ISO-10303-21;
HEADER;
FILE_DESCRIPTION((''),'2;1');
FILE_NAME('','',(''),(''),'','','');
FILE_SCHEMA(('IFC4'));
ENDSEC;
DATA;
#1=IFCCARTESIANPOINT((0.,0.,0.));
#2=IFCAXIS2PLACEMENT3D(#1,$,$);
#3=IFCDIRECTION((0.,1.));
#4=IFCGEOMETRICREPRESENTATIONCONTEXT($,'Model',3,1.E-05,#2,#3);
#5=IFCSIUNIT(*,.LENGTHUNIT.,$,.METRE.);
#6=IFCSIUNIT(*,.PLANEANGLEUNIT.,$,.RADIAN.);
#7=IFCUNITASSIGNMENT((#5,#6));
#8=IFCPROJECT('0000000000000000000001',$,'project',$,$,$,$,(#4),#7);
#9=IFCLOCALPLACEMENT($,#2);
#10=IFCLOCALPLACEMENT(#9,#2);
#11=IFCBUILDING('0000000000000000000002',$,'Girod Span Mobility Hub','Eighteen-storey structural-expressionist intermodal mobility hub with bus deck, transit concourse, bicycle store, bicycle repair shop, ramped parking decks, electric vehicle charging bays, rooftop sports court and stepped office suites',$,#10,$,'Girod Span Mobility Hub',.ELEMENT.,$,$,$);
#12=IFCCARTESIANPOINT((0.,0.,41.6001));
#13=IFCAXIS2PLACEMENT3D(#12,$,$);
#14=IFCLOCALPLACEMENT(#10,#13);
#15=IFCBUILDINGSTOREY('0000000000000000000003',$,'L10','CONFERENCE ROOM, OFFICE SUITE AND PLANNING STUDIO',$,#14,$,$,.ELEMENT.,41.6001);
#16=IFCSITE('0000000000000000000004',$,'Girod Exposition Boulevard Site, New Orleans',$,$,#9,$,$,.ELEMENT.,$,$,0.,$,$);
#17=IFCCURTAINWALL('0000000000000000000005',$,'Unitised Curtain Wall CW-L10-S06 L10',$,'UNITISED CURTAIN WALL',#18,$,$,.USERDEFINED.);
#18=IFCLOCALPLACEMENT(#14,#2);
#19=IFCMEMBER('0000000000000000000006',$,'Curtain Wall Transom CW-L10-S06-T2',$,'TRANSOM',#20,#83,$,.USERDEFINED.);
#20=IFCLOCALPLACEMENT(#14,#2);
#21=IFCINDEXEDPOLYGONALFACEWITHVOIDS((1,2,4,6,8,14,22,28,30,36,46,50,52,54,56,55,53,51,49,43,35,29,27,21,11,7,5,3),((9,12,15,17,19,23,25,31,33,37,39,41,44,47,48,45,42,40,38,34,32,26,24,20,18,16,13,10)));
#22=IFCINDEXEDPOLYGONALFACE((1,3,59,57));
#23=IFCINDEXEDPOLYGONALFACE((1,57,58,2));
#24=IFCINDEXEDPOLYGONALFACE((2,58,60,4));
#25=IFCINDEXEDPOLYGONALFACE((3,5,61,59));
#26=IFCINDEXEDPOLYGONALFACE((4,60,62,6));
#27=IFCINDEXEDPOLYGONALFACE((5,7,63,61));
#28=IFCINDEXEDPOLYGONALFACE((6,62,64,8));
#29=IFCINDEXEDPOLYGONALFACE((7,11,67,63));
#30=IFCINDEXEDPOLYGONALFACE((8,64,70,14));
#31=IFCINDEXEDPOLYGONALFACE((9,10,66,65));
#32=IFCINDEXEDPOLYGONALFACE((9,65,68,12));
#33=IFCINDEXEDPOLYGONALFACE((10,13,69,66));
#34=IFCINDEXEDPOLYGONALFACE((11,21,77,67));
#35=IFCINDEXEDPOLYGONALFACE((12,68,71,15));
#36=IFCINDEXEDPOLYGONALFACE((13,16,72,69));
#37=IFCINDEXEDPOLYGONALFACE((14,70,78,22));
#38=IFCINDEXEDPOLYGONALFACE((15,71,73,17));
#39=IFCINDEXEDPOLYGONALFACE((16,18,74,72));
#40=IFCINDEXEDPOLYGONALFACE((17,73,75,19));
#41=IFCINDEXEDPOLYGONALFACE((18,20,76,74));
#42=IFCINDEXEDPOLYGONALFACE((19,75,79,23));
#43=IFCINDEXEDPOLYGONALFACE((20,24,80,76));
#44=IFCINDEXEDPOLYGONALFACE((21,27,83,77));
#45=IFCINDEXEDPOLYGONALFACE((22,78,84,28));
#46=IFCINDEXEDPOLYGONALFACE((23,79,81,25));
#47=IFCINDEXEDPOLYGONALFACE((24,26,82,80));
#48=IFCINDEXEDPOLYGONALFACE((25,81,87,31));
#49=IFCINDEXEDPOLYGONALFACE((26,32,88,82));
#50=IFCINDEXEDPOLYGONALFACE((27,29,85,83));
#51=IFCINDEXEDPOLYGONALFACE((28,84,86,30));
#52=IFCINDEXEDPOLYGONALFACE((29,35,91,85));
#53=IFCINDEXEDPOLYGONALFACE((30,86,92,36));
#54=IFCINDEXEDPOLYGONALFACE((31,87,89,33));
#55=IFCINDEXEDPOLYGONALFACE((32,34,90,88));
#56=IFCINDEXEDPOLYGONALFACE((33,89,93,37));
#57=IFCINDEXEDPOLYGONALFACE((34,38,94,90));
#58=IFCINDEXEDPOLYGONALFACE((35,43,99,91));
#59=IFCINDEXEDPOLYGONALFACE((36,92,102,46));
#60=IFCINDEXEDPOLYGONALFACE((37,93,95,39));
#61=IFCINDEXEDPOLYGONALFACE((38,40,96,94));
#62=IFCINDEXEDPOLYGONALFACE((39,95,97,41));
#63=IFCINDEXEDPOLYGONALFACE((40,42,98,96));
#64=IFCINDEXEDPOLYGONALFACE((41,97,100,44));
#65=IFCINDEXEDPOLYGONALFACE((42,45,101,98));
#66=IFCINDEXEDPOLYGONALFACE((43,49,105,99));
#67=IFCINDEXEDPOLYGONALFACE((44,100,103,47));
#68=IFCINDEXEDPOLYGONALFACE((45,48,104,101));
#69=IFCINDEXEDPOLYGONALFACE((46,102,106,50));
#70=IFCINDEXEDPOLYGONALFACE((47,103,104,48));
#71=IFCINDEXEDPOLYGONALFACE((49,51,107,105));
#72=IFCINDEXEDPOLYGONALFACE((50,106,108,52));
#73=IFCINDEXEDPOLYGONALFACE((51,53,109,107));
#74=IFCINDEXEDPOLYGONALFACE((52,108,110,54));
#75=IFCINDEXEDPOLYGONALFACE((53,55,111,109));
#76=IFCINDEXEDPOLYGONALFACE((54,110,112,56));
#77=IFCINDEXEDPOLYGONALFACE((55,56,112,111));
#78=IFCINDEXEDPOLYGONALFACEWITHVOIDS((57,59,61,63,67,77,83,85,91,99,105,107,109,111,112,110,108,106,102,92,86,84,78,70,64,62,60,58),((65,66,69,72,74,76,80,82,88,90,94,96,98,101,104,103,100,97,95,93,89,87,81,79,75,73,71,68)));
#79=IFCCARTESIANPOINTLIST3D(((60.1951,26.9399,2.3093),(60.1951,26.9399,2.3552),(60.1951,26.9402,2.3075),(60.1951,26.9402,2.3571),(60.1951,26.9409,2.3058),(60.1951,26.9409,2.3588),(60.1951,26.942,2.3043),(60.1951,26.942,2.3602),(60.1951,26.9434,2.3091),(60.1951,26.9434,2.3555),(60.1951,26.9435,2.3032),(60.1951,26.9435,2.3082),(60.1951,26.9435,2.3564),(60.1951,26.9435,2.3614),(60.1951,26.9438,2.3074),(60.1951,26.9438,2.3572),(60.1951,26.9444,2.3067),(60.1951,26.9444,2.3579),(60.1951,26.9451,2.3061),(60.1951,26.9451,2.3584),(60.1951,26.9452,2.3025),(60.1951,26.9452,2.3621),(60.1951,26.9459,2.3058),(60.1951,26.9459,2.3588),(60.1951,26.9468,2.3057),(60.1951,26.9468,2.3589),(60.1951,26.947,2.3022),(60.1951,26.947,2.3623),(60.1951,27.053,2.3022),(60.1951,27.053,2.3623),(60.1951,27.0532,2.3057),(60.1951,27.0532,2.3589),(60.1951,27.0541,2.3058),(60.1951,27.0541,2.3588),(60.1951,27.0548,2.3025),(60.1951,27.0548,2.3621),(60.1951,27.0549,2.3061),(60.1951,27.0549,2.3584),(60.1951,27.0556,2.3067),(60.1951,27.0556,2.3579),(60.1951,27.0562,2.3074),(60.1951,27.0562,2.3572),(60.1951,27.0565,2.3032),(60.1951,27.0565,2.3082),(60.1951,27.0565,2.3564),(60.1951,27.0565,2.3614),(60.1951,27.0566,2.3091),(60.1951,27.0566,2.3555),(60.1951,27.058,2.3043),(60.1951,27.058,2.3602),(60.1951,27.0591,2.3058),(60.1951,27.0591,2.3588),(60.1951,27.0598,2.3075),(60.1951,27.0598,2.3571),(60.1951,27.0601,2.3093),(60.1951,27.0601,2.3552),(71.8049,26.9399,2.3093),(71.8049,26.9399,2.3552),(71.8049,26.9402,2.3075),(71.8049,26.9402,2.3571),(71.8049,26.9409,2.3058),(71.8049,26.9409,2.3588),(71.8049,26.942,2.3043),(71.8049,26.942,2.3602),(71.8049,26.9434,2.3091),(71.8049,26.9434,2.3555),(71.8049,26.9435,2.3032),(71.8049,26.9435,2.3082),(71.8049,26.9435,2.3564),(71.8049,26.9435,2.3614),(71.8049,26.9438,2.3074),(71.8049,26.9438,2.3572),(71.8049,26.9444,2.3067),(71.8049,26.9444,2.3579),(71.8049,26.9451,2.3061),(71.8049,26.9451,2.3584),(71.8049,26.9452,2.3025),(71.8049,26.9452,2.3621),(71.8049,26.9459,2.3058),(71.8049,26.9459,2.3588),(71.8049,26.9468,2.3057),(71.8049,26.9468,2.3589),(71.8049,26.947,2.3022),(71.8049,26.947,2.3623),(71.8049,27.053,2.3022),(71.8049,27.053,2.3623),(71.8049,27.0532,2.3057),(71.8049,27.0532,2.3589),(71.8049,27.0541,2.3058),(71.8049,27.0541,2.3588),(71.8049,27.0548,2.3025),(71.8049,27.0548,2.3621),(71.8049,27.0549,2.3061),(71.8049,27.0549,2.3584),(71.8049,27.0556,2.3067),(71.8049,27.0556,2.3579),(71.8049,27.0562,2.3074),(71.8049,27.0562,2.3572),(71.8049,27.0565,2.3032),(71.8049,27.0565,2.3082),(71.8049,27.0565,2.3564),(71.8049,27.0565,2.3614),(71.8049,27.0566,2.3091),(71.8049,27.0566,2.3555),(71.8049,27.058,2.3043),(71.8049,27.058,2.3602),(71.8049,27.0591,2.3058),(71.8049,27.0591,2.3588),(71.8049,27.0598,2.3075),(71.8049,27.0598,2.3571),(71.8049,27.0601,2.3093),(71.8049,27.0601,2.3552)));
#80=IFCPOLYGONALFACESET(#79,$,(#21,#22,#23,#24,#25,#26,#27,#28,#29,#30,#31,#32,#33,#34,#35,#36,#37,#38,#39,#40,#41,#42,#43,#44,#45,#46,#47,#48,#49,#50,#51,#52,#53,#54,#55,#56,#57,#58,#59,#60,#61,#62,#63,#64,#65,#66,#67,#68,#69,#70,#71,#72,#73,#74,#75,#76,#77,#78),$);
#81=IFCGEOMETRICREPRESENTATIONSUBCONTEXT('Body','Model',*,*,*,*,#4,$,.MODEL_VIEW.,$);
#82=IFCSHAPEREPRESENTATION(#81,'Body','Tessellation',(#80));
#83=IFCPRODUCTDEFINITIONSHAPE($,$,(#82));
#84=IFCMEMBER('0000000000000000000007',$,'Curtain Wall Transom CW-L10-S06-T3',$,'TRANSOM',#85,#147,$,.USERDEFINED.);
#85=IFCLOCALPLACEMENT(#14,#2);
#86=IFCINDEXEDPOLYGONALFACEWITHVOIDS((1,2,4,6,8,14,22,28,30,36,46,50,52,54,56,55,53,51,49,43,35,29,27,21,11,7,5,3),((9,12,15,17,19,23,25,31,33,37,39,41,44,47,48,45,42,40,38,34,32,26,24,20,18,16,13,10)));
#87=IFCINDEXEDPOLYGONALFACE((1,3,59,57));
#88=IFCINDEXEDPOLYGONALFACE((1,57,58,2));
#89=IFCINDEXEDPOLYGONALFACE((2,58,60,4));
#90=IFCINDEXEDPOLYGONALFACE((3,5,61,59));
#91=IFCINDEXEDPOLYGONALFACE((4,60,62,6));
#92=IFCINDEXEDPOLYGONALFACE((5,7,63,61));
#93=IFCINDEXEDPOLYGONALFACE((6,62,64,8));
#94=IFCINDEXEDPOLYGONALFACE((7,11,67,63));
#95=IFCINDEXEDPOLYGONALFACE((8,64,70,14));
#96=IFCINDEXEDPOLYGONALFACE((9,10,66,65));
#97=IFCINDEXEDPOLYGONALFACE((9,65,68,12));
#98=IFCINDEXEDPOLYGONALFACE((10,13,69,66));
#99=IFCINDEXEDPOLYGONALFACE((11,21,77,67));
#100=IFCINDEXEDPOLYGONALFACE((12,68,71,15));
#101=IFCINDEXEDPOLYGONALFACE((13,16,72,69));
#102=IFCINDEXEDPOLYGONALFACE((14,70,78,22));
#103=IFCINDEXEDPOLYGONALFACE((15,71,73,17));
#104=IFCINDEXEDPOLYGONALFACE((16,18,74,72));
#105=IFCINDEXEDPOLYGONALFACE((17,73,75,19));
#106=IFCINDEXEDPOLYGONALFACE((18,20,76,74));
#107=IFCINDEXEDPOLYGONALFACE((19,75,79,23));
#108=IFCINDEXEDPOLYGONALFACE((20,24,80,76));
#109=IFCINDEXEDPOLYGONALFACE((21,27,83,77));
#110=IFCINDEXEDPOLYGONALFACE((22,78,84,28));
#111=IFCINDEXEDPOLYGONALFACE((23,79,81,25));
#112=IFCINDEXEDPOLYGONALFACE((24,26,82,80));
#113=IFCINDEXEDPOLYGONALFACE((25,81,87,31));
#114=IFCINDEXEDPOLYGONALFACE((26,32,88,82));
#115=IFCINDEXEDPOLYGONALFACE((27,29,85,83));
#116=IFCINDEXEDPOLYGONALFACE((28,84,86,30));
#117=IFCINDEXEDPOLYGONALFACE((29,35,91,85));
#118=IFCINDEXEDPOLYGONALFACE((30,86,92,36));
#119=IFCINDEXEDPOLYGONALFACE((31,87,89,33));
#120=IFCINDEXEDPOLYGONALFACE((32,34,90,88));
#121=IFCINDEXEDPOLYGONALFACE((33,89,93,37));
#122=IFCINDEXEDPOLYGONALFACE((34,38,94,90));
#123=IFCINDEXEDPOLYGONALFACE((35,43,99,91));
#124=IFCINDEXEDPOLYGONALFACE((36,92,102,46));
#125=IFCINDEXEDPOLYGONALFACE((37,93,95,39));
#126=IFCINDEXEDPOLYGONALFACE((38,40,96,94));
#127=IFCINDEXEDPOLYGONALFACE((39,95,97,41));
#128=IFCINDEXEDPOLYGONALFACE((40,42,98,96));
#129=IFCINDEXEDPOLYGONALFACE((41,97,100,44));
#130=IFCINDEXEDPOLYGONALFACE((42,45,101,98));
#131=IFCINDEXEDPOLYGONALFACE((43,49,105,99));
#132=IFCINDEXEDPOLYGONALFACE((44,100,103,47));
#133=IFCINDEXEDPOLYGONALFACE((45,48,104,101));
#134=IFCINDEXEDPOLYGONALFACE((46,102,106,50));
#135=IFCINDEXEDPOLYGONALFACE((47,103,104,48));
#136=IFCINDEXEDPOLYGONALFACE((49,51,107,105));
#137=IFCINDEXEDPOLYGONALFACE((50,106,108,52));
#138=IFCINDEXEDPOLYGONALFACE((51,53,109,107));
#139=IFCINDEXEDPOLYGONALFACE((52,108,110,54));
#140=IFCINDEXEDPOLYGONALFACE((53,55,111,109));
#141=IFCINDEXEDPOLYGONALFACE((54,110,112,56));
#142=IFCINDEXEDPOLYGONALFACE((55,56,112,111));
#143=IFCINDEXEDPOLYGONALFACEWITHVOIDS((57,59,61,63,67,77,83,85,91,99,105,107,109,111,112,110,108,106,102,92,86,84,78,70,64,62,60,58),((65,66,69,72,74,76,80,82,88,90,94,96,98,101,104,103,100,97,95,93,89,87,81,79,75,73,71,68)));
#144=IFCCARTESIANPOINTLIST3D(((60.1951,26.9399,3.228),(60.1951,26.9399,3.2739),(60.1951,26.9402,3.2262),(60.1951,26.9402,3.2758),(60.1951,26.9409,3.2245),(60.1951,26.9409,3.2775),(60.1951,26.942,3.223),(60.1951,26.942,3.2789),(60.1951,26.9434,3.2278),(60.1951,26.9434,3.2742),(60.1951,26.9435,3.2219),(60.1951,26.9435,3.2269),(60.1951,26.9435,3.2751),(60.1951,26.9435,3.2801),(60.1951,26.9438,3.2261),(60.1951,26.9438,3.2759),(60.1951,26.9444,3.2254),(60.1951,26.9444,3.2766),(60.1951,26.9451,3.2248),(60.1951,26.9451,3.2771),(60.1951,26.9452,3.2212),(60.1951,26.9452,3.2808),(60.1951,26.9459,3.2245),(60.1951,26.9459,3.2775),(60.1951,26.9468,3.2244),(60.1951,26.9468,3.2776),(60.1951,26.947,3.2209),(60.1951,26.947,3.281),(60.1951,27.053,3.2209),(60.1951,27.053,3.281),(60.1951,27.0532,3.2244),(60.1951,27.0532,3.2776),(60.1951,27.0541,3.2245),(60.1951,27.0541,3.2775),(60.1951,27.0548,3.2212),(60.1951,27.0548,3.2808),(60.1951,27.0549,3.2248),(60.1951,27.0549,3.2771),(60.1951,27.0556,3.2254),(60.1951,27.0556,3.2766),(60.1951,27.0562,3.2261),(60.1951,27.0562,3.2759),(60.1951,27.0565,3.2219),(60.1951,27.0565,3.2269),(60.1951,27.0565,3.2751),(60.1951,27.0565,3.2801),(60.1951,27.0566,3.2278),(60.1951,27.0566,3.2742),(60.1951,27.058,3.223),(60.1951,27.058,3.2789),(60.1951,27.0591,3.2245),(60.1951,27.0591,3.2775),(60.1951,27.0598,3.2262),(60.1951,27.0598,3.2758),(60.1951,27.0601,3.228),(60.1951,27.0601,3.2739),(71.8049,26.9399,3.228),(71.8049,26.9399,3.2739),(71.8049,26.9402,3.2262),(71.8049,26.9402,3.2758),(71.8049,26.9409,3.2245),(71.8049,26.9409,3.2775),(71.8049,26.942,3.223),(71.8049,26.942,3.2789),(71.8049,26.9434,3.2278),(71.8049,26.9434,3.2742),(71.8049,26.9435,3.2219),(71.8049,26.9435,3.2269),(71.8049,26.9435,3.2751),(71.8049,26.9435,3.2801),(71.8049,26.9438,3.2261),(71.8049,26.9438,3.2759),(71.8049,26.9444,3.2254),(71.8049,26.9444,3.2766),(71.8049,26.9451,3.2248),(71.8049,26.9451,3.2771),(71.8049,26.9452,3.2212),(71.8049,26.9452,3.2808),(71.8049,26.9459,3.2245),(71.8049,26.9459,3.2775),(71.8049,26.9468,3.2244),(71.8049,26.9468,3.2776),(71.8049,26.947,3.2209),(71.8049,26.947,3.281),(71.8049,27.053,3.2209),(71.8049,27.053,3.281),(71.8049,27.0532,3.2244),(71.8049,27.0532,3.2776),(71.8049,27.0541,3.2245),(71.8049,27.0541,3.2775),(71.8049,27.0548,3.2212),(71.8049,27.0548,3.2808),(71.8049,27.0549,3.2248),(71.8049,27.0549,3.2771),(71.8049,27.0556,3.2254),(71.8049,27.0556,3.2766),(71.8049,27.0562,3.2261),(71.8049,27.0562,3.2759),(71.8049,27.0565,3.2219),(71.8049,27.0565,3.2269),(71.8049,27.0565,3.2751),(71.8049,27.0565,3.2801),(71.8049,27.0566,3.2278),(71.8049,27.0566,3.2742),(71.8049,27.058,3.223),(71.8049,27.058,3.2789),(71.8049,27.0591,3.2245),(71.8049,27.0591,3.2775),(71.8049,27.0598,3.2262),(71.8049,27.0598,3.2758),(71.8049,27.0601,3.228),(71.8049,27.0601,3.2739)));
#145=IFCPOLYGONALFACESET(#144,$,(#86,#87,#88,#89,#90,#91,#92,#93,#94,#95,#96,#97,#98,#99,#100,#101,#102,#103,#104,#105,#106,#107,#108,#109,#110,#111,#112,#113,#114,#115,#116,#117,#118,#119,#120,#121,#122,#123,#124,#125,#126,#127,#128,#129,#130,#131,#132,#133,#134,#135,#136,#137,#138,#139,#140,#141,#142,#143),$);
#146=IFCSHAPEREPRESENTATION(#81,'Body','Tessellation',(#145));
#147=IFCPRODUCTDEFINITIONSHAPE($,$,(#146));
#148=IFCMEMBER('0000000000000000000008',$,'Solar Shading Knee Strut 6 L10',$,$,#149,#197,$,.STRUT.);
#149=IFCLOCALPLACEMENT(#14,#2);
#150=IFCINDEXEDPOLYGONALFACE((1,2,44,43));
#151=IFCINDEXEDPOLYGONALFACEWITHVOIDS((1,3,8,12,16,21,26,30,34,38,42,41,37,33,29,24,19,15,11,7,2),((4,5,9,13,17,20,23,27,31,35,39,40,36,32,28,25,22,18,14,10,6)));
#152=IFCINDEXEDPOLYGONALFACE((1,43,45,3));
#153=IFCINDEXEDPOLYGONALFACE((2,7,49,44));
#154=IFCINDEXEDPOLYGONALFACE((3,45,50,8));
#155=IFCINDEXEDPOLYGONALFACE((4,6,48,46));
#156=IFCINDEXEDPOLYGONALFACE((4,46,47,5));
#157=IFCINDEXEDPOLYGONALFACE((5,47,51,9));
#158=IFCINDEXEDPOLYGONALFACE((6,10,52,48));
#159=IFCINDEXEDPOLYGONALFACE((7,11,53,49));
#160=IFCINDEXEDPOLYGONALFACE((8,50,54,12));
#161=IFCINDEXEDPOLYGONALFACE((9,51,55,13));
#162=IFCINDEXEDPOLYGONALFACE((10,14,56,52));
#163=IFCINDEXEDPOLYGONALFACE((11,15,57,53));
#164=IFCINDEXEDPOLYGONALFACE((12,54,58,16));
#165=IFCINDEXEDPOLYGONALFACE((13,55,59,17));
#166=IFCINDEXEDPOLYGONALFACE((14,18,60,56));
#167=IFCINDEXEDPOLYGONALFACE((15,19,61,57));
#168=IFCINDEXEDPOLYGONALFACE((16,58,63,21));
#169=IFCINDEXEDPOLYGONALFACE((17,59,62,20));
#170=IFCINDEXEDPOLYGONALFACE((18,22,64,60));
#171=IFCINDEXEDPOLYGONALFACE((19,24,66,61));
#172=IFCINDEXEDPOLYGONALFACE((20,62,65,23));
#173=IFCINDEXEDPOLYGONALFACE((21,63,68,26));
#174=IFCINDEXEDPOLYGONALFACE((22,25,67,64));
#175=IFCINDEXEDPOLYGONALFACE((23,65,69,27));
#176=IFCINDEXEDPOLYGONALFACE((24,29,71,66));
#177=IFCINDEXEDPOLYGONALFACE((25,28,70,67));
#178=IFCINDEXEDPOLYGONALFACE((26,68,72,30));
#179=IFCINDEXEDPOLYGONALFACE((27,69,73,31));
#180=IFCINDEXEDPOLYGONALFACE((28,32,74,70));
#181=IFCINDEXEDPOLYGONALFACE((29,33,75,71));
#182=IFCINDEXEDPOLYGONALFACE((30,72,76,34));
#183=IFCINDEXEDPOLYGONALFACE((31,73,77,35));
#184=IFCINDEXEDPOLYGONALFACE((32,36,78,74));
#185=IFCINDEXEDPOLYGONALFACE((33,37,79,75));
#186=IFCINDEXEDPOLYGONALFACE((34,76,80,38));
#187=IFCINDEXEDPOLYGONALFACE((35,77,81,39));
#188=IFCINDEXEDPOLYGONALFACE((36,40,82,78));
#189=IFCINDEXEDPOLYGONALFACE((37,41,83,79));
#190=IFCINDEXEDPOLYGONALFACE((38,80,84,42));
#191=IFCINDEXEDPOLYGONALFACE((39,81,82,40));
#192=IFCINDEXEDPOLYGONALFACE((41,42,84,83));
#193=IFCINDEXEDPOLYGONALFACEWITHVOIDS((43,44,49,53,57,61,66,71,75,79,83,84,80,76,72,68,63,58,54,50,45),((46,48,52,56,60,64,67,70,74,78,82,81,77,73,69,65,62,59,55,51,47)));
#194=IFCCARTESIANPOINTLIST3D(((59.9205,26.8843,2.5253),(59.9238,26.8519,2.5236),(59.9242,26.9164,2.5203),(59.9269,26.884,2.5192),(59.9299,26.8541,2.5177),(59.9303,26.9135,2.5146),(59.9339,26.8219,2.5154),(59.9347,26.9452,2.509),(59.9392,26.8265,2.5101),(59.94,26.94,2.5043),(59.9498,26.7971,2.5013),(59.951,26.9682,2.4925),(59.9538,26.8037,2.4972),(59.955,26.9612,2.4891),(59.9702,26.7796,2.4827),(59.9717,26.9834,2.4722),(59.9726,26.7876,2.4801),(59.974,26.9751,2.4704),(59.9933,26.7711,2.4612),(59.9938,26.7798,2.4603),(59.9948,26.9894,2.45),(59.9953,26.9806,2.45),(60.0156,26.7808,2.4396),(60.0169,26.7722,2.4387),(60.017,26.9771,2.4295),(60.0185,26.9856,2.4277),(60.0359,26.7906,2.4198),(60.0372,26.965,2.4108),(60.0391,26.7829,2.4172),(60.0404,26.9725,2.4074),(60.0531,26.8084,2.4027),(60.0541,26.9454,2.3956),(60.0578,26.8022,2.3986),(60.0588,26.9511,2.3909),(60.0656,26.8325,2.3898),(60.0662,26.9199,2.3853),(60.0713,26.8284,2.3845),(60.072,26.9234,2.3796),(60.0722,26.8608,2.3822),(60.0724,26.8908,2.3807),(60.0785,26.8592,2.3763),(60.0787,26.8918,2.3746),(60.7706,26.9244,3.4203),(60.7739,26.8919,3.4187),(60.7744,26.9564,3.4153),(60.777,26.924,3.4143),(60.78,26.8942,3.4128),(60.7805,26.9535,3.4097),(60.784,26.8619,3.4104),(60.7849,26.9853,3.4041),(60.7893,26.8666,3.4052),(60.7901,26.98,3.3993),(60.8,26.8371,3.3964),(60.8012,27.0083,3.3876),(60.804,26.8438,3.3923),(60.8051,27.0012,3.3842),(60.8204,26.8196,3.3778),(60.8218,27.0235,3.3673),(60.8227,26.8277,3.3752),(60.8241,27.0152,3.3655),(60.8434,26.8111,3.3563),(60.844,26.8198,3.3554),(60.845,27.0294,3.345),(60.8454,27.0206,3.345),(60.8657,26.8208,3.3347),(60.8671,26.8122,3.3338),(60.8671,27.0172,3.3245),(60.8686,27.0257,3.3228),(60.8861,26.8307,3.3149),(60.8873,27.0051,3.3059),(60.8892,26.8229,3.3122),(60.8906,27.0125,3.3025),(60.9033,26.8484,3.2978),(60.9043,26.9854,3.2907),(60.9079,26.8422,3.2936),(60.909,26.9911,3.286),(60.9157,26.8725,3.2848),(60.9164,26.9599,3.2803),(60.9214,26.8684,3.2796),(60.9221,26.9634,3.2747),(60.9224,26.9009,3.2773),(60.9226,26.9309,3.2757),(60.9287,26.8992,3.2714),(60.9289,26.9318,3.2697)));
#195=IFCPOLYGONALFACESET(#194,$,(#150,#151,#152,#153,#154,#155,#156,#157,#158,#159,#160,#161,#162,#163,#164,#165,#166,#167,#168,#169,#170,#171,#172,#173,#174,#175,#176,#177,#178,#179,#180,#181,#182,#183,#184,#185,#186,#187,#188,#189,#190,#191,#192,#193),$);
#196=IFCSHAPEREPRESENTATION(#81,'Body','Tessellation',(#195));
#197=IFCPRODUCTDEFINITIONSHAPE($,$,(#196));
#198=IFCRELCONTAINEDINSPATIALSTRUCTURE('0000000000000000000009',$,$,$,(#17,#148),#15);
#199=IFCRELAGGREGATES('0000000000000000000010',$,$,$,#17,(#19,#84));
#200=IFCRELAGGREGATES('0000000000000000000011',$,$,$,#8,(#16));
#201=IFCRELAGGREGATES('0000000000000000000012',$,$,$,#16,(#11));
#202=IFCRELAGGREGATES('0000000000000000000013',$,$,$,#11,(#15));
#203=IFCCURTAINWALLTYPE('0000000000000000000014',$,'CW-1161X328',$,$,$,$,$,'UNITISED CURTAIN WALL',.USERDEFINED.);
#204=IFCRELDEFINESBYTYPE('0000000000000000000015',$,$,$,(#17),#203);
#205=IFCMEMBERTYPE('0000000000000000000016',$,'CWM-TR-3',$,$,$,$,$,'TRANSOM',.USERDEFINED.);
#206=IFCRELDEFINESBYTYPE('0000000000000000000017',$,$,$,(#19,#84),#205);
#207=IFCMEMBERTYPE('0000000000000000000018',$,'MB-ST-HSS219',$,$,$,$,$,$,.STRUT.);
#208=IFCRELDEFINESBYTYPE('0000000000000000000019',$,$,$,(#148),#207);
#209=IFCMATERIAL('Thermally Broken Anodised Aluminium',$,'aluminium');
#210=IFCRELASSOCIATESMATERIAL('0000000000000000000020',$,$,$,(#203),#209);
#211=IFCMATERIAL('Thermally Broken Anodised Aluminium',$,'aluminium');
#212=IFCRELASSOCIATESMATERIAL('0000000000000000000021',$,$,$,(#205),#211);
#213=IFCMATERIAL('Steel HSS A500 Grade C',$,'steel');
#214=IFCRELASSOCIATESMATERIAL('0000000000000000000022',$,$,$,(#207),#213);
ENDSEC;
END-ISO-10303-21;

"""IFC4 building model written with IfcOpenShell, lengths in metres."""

from ifc_helpers import new_model, si_unit, direction, frame, origin, origin_2d, place, context, subcontext, project, spatial, hollow_rectangle, hollow_circle, extrude, material, material_profile, profile_set, type_object, element, aggregate, save


model = new_model("IFC4")

# Units and contexts
model_context = context("Model", 3, precision=1e-05, world=origin(), true_north=direction((0.0, 1.0)))
body_context = subcontext(model_context, "Body", "Model", "MODEL_VIEW")
ifc_project = project(units=[si_unit("LENGTHUNIT", "METRE"), si_unit("PLANEANGLEUNIT", "RADIAN")], contexts=[model_context])

# Site, building, storey
site_placement = place(None, origin())
site = spatial("IfcSite", under=ifc_project, at=site_placement, Name="Girod Exposition Boulevard Site, New Orleans", CompositionType="ELEMENT", RefElevation=0.0)
building_placement = place(site_placement, origin())
building = spatial("IfcBuilding", under=site, at=building_placement, Name="Girod Span Mobility Hub", Description="Eighteen-storey structural-expressionist intermodal mobility hub with bus deck, transit concourse, bicycle store, bicycle repair shop, ramped parking decks, electric vehicle charging bays, rooftop sports court and stepped office suites", LongName="Girod Span Mobility Hub", CompositionType="ELEMENT")
storey_placement = place(building_placement, frame((0.0, 0.0, 41.6001)))
storey = spatial("IfcBuildingStorey", under=building, at=storey_placement, Name="L10", Description="CONFERENCE ROOM, OFFICE SUITE AND PLANNING STUDIO", CompositionType="ELEMENT", Elevation=41.6001)

# Curtain wall, members
ifc_material_1 = material(Name="Thermally Broken Anodised Aluminium", Category="aluminium")
curtain_wall_type = type_object("IfcCurtainWallType", Name="CW-1161X328", ElementType="UNITISED CURTAIN WALL", PredefinedType="USERDEFINED", material=ifc_material_1)
curtain_wall_1_placement = place(storey_placement, origin())
curtain_wall_1 = element("IfcCurtainWall", 1, at=curtain_wall_1_placement, inside=storey, type_object=curtain_wall_type, Name="Unitised Curtain Wall CW-L10-S06 L10", ObjectType="UNITISED CURTAIN WALL", PredefinedType="USERDEFINED")
ifc_material_2 = material(Name="Thermally Broken Anodised Aluminium", Category="aluminium")
ifc_material_profile_1 = material_profile(ifc_material_2, hollow_rectangle(XDim=0.1201, YDim=0.0601, WallThickness=0.0034, InnerFilletRadius=0.0034, OuterFilletRadius=0.0071, at=origin_2d()), Name="CW-TR-60X120")
ifc_profile_set_1 = profile_set([ifc_material_profile_1], Name="Thermally Broken Anodised Aluminium")
member_type_1 = type_object("IfcMemberType", Name="CWM-TR-3", ElementType="TRANSOM", PredefinedType="USERDEFINED", material=ifc_profile_set_1)
member_1_placement = place(storey_placement, frame((60.1951, 27.0, 2.3323), z_axis=(1.0, 0.0, 0.0), x_axis=(0.0, 1.0, 0.0)))
member_1 = element("IfcMember", 2, at=member_1_placement, type_object=member_type_1, Name="Curtain Wall Transom CW-L10-S06-T2", ObjectType="TRANSOM", PredefinedType="USERDEFINED", context=body_context, shape_type="SweptSolid", body=[
    extrude(hollow_rectangle(XDim=0.1201, YDim=0.0601, WallThickness=0.0034, InnerFilletRadius=0.0034, OuterFilletRadius=0.0071, at=origin_2d()), origin(), (0.0, 0.0, 1.0), 11.6099),
])
member_2_placement = place(storey_placement, frame((60.1951, 27.0, 3.251), z_axis=(1.0, 0.0, 0.0), x_axis=(0.0, 1.0, 0.0)))
member_2 = element("IfcMember", 3, at=member_2_placement, type_object=member_type_1, Name="Curtain Wall Transom CW-L10-S06-T3", ObjectType="TRANSOM", PredefinedType="USERDEFINED", context=body_context, shape_type="SweptSolid", body=[
    extrude(hollow_rectangle(XDim=0.1201, YDim=0.0601, WallThickness=0.0034, InnerFilletRadius=0.0034, OuterFilletRadius=0.0071, at=origin_2d()), origin(), (0.0, 0.0, 1.0), 11.6099),
])

# Member
ifc_material_3 = material(Name="Steel HSS A500 Grade C", Category="steel")
ifc_material_profile_2 = material_profile(ifc_material_3, hollow_circle(Radius=0.1096, WallThickness=0.0088, at=origin_2d()), Name="HSS219X9.5")
ifc_profile_set_2 = profile_set([ifc_material_profile_2], Name="Steel HSS A500 Grade C")
member_type_2 = type_object("IfcMemberType", Name="MB-ST-HSS219", PredefinedType="STRUT", material=ifc_profile_set_2)
member_3_placement = place(storey_placement, frame((60.0, 26.8799, 2.45), z_axis=(0.688315, 0.032419, 0.724687), x_axis=(-0.047047, 0.998893, 0.0)))
element("IfcMember", 4, at=member_3_placement, inside=storey, type_object=member_type_2, Name="Solar Shading Knee Strut 6 L10", PredefinedType="STRUT", context=body_context, shape_type="SweptSolid", body=[
    extrude(hollow_circle(Radius=0.1096, WallThickness=0.0088, at=origin_2d()), origin(), (0.0, 0.0, 1.0), 1.2351),
])

aggregate(curtain_wall_1, [member_1, member_2])

save(model, "model.ifc")
